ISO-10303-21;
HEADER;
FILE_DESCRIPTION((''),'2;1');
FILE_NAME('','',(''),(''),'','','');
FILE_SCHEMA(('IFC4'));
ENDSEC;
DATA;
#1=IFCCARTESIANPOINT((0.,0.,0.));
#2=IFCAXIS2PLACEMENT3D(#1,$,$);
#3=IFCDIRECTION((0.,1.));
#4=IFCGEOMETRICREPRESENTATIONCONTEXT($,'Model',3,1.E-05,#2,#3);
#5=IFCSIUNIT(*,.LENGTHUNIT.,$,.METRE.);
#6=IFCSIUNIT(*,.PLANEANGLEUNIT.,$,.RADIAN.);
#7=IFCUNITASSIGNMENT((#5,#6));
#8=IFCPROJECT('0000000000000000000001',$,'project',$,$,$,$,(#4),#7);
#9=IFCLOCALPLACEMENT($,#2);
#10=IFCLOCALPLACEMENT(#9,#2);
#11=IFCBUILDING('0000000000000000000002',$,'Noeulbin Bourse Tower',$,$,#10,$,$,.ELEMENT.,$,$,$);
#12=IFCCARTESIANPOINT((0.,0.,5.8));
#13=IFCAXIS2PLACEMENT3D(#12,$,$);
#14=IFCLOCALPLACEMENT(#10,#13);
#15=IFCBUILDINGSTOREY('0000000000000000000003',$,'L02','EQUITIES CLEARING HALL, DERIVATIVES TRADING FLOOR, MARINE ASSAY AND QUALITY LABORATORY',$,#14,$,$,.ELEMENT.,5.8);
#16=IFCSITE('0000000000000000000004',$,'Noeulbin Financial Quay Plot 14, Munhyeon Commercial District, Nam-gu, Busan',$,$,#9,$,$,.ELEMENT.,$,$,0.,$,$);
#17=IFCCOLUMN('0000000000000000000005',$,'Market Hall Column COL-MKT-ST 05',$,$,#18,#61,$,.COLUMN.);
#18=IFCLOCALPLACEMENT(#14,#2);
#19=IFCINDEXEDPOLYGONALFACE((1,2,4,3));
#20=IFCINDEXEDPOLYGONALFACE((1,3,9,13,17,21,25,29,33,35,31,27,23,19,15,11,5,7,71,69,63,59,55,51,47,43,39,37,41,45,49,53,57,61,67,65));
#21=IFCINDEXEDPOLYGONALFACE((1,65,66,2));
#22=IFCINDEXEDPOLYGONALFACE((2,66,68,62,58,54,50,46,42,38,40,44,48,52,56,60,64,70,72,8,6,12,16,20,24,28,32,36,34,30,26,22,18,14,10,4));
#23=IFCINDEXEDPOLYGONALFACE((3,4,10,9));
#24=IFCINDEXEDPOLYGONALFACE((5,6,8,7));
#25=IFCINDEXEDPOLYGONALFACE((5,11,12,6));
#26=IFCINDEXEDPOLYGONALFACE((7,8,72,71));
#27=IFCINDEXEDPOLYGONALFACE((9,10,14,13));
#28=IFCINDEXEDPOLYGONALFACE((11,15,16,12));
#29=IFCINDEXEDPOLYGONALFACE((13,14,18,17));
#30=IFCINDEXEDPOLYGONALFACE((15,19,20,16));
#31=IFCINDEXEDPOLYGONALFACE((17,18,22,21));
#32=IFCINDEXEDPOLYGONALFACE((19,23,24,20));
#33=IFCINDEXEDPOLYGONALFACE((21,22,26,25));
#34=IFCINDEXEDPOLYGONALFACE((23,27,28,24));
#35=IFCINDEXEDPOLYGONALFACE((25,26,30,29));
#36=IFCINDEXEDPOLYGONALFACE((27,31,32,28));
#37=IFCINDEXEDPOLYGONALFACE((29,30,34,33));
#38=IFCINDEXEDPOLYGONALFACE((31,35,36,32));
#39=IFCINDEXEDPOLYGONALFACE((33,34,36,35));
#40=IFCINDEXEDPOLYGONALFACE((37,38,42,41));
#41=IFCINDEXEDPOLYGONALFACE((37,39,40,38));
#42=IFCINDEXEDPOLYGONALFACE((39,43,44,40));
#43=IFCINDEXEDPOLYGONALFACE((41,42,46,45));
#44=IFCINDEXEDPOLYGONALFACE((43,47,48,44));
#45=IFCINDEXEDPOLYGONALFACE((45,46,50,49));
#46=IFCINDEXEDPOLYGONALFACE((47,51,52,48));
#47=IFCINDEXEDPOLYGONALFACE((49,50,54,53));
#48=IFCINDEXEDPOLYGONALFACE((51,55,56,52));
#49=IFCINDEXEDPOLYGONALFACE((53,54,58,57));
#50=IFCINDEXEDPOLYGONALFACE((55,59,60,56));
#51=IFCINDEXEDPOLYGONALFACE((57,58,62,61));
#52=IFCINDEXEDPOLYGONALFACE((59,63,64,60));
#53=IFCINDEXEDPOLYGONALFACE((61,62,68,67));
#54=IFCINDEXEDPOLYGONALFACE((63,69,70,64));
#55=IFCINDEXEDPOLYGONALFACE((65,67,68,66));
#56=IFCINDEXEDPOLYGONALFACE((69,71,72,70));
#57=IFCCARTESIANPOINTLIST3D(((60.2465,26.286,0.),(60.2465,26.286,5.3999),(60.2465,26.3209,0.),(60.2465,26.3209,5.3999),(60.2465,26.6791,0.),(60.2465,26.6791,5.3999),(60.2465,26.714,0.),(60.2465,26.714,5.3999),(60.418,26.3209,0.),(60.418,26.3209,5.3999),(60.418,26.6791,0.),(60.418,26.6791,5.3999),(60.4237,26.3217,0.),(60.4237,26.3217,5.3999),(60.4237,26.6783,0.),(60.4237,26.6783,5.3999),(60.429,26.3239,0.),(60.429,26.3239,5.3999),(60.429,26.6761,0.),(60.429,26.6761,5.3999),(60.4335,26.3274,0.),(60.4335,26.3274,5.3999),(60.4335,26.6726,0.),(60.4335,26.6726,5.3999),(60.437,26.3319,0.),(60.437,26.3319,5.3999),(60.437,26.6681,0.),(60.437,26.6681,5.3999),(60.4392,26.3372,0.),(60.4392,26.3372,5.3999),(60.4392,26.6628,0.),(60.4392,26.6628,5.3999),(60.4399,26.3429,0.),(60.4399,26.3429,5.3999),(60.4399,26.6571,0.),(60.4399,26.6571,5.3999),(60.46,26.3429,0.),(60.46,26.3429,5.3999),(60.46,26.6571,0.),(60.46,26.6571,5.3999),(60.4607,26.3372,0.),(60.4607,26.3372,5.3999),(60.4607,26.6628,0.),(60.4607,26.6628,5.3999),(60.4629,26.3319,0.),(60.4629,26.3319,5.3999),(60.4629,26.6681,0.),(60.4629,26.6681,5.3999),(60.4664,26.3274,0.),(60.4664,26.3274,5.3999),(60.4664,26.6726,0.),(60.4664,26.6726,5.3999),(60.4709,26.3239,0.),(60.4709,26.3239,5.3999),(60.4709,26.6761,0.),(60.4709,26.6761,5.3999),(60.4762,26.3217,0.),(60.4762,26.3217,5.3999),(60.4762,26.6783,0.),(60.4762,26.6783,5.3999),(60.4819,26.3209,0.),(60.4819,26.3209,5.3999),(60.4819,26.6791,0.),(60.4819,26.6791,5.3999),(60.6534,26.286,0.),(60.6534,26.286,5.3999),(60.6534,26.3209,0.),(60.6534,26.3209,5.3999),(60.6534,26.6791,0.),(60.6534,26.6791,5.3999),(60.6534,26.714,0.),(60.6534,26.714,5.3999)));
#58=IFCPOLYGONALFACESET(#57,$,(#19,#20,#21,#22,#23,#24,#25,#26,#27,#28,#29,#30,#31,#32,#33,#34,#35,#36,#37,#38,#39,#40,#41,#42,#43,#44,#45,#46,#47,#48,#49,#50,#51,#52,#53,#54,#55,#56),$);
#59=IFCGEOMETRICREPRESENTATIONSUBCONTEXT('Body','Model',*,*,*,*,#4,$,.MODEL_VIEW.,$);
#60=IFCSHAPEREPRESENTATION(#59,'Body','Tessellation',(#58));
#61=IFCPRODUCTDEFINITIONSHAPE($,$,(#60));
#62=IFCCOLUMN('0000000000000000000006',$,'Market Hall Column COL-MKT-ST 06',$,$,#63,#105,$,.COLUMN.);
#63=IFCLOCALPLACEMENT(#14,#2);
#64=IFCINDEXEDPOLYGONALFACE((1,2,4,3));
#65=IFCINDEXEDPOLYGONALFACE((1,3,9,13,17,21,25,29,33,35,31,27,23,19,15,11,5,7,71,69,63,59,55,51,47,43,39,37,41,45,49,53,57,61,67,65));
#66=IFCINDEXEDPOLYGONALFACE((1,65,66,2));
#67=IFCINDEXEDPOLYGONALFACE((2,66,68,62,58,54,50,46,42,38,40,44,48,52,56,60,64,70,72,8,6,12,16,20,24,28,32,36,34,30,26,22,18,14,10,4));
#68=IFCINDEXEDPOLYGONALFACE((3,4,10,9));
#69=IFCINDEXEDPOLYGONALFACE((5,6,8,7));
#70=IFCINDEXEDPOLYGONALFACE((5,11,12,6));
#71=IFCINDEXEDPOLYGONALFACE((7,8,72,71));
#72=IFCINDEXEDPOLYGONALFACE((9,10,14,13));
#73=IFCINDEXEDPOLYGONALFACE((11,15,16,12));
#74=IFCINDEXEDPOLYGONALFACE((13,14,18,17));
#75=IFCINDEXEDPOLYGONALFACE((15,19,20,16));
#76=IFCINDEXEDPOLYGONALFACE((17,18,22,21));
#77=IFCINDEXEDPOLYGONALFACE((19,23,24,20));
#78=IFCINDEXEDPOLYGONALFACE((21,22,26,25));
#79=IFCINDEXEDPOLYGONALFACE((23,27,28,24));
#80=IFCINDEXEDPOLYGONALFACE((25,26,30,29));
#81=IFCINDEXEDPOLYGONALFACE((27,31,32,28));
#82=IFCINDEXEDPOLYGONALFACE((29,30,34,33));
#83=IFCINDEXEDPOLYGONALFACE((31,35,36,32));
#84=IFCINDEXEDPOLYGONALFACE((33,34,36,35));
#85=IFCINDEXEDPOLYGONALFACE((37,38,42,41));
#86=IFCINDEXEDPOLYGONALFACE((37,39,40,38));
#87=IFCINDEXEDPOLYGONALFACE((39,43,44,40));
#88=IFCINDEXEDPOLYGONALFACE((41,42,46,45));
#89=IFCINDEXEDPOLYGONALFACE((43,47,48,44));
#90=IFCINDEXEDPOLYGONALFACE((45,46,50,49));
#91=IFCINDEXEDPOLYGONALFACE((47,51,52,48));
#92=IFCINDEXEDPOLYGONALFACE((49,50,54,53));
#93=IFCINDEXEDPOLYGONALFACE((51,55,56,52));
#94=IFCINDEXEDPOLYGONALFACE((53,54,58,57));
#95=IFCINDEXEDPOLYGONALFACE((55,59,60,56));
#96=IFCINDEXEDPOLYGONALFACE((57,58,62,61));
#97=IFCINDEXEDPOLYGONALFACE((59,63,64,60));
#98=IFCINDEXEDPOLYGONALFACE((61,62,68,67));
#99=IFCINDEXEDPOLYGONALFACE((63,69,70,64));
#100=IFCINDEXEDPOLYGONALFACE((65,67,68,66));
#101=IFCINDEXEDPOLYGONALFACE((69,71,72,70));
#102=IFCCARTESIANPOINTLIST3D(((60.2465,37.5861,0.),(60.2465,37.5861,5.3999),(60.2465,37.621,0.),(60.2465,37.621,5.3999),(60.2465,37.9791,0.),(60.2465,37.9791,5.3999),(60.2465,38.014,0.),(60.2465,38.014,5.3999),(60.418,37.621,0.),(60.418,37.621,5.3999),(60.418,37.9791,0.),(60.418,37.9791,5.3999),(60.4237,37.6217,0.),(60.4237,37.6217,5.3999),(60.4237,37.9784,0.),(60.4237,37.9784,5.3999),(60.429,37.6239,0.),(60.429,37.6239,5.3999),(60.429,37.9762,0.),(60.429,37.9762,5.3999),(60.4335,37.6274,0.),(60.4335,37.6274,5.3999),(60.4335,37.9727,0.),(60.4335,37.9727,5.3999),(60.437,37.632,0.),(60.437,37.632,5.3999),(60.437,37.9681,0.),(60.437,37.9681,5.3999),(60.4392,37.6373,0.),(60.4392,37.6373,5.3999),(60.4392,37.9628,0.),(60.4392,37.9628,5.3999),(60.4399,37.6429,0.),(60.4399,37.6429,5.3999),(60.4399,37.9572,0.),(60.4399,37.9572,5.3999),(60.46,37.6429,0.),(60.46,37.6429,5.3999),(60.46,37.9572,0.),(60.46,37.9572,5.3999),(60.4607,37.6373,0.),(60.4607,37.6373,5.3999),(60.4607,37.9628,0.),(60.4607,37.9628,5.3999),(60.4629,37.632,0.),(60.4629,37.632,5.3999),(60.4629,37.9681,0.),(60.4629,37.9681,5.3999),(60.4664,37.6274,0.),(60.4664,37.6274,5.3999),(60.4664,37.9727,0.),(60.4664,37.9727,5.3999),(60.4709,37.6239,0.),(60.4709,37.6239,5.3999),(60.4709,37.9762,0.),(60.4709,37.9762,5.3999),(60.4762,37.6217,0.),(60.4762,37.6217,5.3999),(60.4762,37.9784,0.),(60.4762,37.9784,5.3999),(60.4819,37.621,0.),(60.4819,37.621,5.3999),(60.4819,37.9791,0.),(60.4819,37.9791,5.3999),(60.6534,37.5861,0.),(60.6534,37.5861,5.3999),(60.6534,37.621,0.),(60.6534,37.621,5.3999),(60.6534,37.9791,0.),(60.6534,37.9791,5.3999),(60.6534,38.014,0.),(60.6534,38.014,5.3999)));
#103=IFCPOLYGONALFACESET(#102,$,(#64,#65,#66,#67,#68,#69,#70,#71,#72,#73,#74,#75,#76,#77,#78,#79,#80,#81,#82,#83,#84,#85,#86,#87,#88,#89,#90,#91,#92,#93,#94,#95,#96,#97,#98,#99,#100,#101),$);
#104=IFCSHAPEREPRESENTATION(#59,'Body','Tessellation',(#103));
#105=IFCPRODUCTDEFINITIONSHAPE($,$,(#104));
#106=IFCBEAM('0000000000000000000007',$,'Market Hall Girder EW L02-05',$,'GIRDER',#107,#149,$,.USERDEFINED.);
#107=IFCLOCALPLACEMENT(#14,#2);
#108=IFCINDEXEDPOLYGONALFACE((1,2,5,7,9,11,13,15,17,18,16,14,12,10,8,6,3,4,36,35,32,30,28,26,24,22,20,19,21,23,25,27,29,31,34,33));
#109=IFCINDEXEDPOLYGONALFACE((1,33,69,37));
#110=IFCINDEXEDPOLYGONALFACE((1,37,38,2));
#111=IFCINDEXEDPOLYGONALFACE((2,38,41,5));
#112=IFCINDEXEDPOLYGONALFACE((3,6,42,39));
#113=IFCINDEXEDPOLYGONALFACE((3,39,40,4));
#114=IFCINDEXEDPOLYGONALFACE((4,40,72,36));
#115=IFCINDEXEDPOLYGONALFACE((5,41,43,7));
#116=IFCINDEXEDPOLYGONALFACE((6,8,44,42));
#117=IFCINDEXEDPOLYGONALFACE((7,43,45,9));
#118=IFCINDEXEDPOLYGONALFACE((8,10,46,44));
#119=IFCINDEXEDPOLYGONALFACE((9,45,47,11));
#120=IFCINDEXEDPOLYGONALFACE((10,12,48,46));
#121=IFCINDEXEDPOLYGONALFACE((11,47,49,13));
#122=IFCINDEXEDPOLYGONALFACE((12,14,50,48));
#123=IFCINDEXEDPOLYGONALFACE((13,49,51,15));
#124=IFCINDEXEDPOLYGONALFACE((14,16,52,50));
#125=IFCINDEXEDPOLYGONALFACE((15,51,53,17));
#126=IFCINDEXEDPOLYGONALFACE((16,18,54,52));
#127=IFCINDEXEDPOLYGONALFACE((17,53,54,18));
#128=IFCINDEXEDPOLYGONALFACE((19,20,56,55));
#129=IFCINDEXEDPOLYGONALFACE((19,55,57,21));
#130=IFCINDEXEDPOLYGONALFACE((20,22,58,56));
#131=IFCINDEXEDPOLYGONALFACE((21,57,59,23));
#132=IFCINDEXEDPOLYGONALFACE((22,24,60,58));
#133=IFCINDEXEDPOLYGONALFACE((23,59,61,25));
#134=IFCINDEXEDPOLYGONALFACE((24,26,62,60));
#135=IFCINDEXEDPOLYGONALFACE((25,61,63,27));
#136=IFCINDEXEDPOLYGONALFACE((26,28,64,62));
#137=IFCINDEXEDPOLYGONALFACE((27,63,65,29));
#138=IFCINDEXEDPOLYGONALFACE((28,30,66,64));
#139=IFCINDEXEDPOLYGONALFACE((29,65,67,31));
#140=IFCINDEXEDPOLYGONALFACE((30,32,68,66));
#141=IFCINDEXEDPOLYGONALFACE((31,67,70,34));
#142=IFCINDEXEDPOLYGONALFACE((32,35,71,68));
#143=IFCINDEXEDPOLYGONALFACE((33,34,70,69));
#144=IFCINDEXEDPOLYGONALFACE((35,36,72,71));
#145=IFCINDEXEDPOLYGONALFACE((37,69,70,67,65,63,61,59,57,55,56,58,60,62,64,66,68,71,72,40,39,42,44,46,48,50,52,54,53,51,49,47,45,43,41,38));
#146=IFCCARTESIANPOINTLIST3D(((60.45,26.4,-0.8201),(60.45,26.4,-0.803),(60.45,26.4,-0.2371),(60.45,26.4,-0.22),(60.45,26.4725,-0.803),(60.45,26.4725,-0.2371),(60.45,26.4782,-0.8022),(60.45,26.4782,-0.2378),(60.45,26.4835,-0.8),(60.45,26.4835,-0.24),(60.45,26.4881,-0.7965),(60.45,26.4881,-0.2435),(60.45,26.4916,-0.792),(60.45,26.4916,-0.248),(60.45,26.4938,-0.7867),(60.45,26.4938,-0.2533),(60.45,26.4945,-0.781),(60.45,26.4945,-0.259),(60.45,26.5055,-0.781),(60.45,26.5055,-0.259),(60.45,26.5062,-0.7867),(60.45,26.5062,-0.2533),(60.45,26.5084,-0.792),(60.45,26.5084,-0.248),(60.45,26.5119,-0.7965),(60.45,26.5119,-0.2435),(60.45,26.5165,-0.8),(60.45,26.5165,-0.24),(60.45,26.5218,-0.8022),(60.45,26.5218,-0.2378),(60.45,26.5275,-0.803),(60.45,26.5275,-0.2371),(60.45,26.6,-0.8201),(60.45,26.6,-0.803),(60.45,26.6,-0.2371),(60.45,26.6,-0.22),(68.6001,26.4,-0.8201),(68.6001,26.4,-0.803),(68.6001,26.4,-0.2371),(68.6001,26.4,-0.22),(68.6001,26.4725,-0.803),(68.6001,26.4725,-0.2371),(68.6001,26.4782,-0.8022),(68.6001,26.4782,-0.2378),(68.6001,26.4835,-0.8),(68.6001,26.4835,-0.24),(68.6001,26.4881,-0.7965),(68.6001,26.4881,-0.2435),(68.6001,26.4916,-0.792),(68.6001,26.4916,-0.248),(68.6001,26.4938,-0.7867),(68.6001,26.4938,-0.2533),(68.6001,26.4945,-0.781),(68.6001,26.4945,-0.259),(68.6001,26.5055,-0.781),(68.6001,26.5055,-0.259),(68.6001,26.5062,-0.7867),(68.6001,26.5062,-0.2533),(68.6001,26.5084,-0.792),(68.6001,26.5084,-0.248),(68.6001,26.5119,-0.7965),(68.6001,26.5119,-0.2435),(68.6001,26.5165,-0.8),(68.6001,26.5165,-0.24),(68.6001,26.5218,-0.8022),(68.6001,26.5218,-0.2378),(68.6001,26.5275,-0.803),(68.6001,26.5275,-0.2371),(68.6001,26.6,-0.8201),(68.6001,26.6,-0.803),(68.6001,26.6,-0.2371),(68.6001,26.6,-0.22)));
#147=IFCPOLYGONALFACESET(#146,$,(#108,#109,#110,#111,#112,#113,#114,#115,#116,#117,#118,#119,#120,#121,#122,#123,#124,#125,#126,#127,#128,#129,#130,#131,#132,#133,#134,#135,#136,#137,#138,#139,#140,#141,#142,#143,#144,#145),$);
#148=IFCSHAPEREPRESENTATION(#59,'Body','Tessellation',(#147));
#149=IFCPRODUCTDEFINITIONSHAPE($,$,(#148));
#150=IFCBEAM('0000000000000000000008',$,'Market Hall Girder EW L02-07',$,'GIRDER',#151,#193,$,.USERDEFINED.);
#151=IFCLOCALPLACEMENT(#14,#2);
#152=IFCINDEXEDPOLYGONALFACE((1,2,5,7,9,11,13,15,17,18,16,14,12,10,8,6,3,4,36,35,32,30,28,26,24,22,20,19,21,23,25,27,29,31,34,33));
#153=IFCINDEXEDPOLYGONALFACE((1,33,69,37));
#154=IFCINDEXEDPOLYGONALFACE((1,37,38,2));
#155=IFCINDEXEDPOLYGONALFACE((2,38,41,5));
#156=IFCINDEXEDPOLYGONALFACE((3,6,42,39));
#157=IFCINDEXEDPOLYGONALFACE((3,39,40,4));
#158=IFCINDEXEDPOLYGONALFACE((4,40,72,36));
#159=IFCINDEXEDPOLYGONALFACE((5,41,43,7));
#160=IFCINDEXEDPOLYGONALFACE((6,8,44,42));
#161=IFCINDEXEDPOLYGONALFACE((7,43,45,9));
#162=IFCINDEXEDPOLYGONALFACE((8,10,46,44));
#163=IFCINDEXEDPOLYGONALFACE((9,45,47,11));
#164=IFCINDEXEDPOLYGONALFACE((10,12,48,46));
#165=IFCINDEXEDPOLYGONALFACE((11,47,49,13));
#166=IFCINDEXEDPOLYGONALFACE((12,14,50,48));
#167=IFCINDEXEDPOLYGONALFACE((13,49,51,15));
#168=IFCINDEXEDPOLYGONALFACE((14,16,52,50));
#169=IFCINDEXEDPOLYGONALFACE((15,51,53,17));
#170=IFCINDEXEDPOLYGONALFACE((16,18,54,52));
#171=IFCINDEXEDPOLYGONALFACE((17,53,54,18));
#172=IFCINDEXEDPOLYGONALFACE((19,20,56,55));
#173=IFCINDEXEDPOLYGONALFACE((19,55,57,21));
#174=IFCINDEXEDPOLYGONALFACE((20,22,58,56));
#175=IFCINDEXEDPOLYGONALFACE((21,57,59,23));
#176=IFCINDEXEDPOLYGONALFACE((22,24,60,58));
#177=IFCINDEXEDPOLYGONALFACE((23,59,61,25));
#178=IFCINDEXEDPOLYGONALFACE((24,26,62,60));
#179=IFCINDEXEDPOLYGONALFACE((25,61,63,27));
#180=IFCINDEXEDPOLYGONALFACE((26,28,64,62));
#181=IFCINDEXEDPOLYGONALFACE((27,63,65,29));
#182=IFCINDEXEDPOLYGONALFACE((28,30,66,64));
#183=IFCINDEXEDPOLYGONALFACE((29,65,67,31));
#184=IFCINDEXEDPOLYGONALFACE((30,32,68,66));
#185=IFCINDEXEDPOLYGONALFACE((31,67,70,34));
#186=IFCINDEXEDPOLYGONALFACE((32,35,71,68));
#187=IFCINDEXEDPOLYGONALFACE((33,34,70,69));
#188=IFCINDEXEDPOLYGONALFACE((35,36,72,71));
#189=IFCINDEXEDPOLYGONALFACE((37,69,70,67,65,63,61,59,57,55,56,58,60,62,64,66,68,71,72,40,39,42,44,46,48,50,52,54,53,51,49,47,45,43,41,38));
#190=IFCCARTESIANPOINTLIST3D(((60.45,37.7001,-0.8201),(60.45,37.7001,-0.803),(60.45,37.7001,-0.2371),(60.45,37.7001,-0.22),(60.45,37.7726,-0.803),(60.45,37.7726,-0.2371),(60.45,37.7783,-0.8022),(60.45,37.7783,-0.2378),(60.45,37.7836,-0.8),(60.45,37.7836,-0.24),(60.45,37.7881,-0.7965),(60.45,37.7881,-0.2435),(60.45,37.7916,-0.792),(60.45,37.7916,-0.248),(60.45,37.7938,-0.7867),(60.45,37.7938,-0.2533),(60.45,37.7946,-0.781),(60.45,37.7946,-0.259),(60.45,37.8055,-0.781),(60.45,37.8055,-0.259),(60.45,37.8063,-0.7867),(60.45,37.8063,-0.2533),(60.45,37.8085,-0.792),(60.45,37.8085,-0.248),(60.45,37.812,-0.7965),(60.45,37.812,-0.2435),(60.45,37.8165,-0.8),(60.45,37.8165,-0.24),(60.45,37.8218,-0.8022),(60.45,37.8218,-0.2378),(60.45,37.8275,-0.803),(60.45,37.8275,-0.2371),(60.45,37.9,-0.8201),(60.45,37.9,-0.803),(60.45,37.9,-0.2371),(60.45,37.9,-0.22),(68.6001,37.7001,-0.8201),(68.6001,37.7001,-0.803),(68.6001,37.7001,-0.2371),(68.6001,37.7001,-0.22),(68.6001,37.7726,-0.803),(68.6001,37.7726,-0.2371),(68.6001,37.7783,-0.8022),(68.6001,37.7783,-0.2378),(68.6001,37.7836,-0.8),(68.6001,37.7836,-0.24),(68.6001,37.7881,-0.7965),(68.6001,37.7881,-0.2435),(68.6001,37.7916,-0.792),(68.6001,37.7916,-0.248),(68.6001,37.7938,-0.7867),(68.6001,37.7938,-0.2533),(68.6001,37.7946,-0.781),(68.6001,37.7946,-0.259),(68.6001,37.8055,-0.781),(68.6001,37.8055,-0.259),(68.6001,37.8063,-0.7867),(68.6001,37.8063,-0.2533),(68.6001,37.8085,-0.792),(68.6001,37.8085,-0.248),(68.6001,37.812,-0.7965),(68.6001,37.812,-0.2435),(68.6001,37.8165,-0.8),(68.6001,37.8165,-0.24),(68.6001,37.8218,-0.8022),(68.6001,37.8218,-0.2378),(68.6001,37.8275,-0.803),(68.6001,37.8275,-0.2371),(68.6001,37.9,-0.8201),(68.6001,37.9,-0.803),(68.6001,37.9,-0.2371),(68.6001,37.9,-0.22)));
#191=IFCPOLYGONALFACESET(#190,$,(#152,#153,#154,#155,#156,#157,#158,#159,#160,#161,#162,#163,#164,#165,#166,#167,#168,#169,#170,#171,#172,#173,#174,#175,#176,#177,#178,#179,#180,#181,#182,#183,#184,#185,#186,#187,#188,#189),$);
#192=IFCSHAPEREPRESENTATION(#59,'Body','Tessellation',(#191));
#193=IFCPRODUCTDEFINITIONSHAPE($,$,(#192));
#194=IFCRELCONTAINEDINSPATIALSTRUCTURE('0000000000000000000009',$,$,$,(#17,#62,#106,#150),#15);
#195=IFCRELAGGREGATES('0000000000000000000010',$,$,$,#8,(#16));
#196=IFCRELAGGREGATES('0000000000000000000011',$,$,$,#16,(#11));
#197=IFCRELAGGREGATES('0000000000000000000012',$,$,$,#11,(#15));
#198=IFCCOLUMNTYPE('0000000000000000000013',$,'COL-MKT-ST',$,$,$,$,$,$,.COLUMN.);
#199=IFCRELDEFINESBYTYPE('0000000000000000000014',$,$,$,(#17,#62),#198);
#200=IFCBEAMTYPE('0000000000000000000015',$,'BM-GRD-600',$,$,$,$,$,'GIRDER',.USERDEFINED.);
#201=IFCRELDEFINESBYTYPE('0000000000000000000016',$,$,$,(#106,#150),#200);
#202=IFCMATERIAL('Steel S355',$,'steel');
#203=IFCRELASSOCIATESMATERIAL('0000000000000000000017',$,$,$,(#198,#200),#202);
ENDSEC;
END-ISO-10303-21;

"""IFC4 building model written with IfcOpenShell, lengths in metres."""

from ifc_helpers import new_model, si_unit, direction, frame, origin, origin_2d, place, context, subcontext, project, spatial, i_section, extrude, material, material_profile, profile_set, type_object, element, save


model = new_model("IFC4")

# Units and contexts
model_context = context("Model", 3, precision=1e-05, world=origin(), true_north=direction((0.0, 1.0)))
body_context = subcontext(model_context, "Body", "Model", "MODEL_VIEW")
ifc_project = project(units=[si_unit("LENGTHUNIT", "METRE"), si_unit("PLANEANGLEUNIT", "RADIAN")], contexts=[model_context])

# Site, building, storey
site_placement = place(None, origin())
site = spatial("IfcSite", under=ifc_project, at=site_placement, Name="Noeulbin Financial Quay Plot 14, Munhyeon Commercial District, Nam-gu, Busan", CompositionType="ELEMENT", RefElevation=0.0)
building_placement = place(site_placement, origin())
building = spatial("IfcBuilding", under=site, at=building_placement, Name="Noeulbin Bourse Tower", CompositionType="ELEMENT")
storey_placement = place(building_placement, frame((0.0, 0.0, 5.8)))
storey = spatial("IfcBuildingStorey", under=building, at=storey_placement, Name="L02", Description="EQUITIES CLEARING HALL, DERIVATIVES TRADING FLOOR, MARINE ASSAY AND QUALITY LABORATORY", CompositionType="ELEMENT", Elevation=5.8)

# Columns
ifc_material_1 = material(Name="Steel S355", Category="steel")
ifc_material_profile_1 = material_profile(ifc_material_1, i_section(OverallWidth=0.407, OverallDepth=0.428, WebThickness=0.02, FlangeThickness=0.0349, FilletRadius=0.022, at=origin_2d()), Name="H-428x407x20x35", Category="LoadBearing")
ifc_profile_set_1 = profile_set([ifc_material_profile_1], Name="Steel S355")
column_type = type_object("IfcColumnType", Name="COL-MKT-ST", PredefinedType="COLUMN", material=ifc_profile_set_1)
for number, where, z_axis, x_axis, name in (
    (1, (60.45, 26.5, 0.0), (0.0, 0.0, 1.0), (1.0, 0.0, 0.0), "Market Hall Column COL-MKT-ST 05"),
    (2, (60.45, 37.8, 0.0), (0.0, 0.0, 1.0), (1.0, 0.0, 0.0), "Market Hall Column COL-MKT-ST 06"),
):
    element("IfcColumn", number, at=place(storey_placement, frame(where, z_axis=z_axis, x_axis=x_axis)), inside=storey, type_object=column_type, Name=name, PredefinedType="COLUMN", context=body_context, shape_type="SweptSolid", body=[
        extrude(i_section(OverallWidth=0.407, OverallDepth=0.428, WebThickness=0.02, FlangeThickness=0.0349, FilletRadius=0.022, at=origin_2d()), origin(), (0.0, 0.0, 1.0), 5.3999),
    ])

# Beams
ifc_material_profile_2 = material_profile(ifc_material_1, i_section(OverallWidth=0.2, OverallDepth=0.6001, WebThickness=0.011, FlangeThickness=0.0171, FilletRadius=0.022, at=origin_2d()), Name="H-600x200x11x17", Category="LoadBearing")
ifc_profile_set_2 = profile_set([ifc_material_profile_2], Name="Steel S355")
beam_type = type_object("IfcBeamType", Name="BM-GRD-600", ElementType="GIRDER", PredefinedType="USERDEFINED", material=ifc_profile_set_2)
for number, where, z_axis, x_axis, name in (
    (3, (60.45, 26.5, -0.52), (1.0, 0.0, 0.0), (0.0, 1.0, 0.0), "Market Hall Girder EW L02-05"),
    (4, (60.45, 37.8, -0.52), (1.0, 0.0, 0.0), (0.0, 1.0, 0.0), "Market Hall Girder EW L02-07"),
):
    element("IfcBeam", number, at=place(storey_placement, frame(where, z_axis=z_axis, x_axis=x_axis)), inside=storey, type_object=beam_type, Name=name, ObjectType="GIRDER", PredefinedType="USERDEFINED", context=body_context, shape_type="SweptSolid", body=[
        extrude(i_section(OverallWidth=0.2, OverallDepth=0.6001, WebThickness=0.011, FlangeThickness=0.0171, FilletRadius=0.022, at=origin_2d()), origin(), (0.0, 0.0, 1.0), 8.1501),
    ])

save(model, "model.ifc")
